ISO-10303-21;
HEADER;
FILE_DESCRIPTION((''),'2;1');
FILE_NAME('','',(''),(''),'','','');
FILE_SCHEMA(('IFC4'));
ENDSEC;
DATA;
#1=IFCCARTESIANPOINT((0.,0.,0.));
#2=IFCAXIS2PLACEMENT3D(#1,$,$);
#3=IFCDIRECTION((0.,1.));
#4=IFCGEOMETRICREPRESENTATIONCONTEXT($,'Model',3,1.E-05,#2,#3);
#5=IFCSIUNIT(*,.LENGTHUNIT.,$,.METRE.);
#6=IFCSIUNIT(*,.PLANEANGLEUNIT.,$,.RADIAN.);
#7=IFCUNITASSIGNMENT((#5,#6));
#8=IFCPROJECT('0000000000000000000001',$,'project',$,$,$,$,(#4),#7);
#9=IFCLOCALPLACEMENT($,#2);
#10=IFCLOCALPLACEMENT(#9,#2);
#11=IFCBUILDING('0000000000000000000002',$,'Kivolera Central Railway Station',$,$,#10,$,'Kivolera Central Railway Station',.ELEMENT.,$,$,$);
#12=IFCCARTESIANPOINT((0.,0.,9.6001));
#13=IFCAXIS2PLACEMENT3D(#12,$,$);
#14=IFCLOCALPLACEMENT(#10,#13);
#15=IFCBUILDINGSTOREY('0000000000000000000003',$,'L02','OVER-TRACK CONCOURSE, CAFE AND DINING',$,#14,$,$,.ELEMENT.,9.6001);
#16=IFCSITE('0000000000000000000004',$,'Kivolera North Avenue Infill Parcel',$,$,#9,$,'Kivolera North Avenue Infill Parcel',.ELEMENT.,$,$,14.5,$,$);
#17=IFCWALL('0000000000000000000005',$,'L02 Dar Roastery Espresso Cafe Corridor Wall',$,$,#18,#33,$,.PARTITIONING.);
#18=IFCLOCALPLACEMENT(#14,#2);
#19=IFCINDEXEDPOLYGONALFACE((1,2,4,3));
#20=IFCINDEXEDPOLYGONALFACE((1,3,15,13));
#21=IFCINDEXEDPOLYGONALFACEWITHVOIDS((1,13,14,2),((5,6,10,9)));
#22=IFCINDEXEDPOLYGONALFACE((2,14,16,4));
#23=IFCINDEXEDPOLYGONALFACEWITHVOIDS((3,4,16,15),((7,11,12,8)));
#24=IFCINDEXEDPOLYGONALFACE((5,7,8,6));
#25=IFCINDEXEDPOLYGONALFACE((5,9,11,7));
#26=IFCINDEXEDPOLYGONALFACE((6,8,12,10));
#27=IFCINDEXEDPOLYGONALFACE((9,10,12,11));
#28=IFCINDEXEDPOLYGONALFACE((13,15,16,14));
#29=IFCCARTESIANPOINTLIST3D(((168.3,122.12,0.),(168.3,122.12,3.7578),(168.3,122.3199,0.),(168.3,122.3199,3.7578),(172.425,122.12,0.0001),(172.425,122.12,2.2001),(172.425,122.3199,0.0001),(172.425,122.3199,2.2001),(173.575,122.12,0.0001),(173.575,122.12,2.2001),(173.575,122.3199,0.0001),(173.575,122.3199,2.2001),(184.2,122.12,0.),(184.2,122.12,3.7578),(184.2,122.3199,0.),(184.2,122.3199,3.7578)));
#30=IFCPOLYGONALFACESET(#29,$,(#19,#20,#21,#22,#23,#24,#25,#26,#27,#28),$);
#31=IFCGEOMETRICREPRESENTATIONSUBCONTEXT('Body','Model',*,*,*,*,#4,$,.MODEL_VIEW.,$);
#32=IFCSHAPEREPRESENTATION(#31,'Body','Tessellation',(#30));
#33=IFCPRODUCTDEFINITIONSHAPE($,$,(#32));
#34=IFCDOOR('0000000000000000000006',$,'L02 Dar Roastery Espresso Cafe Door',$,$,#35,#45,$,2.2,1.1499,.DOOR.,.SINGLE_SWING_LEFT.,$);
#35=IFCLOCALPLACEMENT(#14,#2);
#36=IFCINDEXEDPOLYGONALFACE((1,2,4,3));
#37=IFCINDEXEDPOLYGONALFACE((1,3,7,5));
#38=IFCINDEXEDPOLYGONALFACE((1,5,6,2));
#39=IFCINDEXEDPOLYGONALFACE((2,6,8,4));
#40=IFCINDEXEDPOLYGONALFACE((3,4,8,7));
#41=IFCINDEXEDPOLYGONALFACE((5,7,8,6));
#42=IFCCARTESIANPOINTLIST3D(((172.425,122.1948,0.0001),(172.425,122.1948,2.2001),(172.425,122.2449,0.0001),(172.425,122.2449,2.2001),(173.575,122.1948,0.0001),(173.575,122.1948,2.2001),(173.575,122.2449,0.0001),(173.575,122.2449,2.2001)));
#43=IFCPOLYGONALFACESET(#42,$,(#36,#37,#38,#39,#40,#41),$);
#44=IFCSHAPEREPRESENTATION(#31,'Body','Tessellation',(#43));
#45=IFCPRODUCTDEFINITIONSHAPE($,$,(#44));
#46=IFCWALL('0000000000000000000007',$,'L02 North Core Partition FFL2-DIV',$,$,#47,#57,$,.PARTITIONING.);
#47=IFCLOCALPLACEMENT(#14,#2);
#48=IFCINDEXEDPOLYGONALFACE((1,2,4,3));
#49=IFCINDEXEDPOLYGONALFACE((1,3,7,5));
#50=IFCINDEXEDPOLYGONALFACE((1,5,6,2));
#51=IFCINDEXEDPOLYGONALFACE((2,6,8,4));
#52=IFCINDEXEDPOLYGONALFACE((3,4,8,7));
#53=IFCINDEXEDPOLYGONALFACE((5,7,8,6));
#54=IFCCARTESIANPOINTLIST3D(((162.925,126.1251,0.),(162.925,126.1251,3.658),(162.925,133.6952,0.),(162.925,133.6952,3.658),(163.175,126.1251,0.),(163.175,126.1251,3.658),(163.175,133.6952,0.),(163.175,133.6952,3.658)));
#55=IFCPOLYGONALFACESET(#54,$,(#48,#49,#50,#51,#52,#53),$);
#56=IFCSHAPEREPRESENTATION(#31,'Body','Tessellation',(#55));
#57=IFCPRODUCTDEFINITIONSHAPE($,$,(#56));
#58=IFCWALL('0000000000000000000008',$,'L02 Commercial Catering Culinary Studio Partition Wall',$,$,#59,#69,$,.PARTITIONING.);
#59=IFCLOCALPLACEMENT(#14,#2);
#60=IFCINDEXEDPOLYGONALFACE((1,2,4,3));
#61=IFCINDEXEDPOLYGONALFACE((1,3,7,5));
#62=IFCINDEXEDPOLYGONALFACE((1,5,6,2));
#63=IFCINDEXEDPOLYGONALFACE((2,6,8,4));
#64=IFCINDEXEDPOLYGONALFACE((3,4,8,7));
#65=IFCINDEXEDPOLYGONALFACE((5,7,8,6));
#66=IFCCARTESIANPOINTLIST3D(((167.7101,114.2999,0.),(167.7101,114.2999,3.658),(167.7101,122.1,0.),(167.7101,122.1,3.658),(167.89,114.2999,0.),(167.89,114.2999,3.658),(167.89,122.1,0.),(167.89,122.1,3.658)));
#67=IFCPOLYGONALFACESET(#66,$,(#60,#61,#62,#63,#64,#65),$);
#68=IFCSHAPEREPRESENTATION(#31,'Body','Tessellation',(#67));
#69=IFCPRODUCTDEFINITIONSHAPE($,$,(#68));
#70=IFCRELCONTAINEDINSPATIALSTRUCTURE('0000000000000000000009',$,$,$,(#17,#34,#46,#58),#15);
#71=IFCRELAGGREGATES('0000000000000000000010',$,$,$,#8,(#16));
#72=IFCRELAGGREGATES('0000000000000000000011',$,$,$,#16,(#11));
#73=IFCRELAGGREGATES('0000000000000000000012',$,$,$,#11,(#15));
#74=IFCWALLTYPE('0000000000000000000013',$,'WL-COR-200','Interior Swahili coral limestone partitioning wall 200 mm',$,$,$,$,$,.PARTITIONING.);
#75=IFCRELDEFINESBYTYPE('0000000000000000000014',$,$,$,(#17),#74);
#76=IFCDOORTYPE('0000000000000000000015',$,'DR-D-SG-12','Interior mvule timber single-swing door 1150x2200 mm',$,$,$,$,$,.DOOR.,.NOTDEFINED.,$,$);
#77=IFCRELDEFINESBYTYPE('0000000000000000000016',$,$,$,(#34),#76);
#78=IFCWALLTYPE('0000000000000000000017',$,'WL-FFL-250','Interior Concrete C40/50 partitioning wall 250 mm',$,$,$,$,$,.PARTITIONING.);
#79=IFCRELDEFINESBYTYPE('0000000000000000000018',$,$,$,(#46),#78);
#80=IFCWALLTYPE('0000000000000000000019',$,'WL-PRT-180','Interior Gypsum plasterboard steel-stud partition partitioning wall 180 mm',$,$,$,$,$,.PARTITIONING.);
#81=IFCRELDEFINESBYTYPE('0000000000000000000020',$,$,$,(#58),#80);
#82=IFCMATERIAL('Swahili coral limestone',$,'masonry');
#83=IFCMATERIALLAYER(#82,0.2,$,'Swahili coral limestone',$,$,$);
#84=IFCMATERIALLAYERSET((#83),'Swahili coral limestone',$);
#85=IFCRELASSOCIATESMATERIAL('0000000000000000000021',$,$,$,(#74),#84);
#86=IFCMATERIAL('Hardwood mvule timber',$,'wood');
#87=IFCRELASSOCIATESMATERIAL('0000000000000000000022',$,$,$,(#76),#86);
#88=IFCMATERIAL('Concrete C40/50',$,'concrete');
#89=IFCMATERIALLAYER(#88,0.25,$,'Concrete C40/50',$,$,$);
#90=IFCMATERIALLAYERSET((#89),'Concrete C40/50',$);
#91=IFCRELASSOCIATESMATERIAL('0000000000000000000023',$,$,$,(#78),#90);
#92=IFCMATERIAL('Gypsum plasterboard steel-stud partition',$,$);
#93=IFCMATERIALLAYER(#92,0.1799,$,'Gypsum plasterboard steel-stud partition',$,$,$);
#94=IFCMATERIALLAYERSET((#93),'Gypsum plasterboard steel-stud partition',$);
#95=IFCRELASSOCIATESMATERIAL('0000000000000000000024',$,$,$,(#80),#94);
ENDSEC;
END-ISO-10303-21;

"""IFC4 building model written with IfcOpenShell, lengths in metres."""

from ifc_helpers import new_model, si_unit, direction, frame, frame_2d, origin, place, context, subcontext, project, spatial, rectangle, extrude, material, layer, layer_set, type_object, element, fill, save


model = new_model("IFC4")

# Units and contexts
model_context = context("Model", 3, precision=1e-05, world=origin(), true_north=direction((0.0, 1.0)))
body_context = subcontext(model_context, "Body", "Model", "MODEL_VIEW")
ifc_project = project(units=[si_unit("LENGTHUNIT", "METRE"), si_unit("PLANEANGLEUNIT", "RADIAN")], contexts=[model_context])

# Site, building, storey
site_placement = place(None, origin())
site = spatial("IfcSite", under=ifc_project, at=site_placement, Name="Kivolera North Avenue Infill Parcel", LongName="Kivolera North Avenue Infill Parcel", CompositionType="ELEMENT", RefElevation=14.5)
building_placement = place(site_placement, origin())
building = spatial("IfcBuilding", under=site, at=building_placement, Name="Kivolera Central Railway Station", LongName="Kivolera Central Railway Station", CompositionType="ELEMENT")
storey_placement = place(building_placement, frame((0.0, 0.0, 9.6001)))
storey = spatial("IfcBuildingStorey", under=building, at=storey_placement, Name="L02", Description="OVER-TRACK CONCOURSE, CAFE AND DINING", CompositionType="ELEMENT", Elevation=9.6001)

# Shared definitions
ifc_material_1 = material(Name="Concrete C40/50", Category="concrete")

# Wall, opening, door
ifc_material_2 = material(Name="Swahili coral limestone", Category="masonry")
ifc_layer_1 = layer(ifc_material_2, 0.2, Name="Swahili coral limestone")
ifc_layer_set_1 = layer_set([ifc_layer_1], Name="Swahili coral limestone")
wall_type_1 = type_object("IfcWallType", Name="WL-COR-200", Description="Interior Swahili coral limestone partitioning wall 200 mm", PredefinedType="PARTITIONING", material=ifc_layer_set_1)
ifc_material_3 = material(Name="Hardwood mvule timber", Category="wood")
wall_1_placement = place(storey_placement, frame((168.3, 122.22, 0.0), z_axis=(0.0, 0.0, 1.0), x_axis=(1.0, 0.0, 0.0)))
wall_1 = element("IfcWall", 1, at=wall_1_placement, inside=storey, type_object=wall_type_1, Name="L02 Dar Roastery Espresso Cafe Corridor Wall", PredefinedType="PARTITIONING", context=body_context, shape_type="SweptSolid", body=[
    extrude(rectangle(XDim=15.8999, YDim=0.2, at=frame_2d((7.95, 0.0))), origin(), (0.0, 0.0, 1.0), 3.7578),
])
opening_1_placement = place(wall_1_placement, frame((4.125, 0.0, 0.0)))
opening_1 = element("IfcOpeningElement", 2, at=opening_1_placement, cuts=wall_1, PredefinedType="OPENING", context=body_context, shape_type="SweptSolid", body=[
    extrude(rectangle(XDim=1.1499, YDim=2.2, at=frame_2d((0.575, 1.1001))), frame((0.0, 0.1099, 0.0), z_axis=(0.0, -1.0, 0.0), x_axis=(1.0, 0.0, 0.0)), (0.0, 0.0, 1.0), 0.22),
])
door_type_1 = type_object("IfcDoorType", Name="DR-D-SG-12", Description="Interior mvule timber single-swing door 1150x2200 mm", OperationType="NOTDEFINED", PredefinedType="DOOR", material=ifc_material_3)
door_1_placement = place(opening_1_placement, origin())
door_1 = element("IfcDoor", 3, at=door_1_placement, inside=storey, type_object=door_type_1, Name="L02 Dar Roastery Espresso Cafe Door", OperationType="SINGLE_SWING_LEFT", OverallHeight=2.2, OverallWidth=1.1499, PredefinedType="DOOR", context=body_context, shape_type="SweptSolid", body=[
    extrude(rectangle(XDim=1.1499, YDim=2.2, at=frame_2d((0.575, 1.1001))), frame((0.0, 0.0249, 0.0), z_axis=(0.0, -1.0, 0.0), x_axis=(1.0, 0.0, 0.0)), (0.0, 0.0, 1.0), 0.05),
])
fill(opening_1, door_1)

# Shared definitions
ifc_layer_2 = layer(ifc_material_1, 0.25, Name="Concrete C40/50")
ifc_layer_set_2 = layer_set([ifc_layer_2], Name="Concrete C40/50")
wall_type_2 = type_object("IfcWallType", Name="WL-FFL-250", Description="Interior Concrete C40/50 partitioning wall 250 mm", PredefinedType="PARTITIONING", material=ifc_layer_set_2)

# Walls
wall_2_placement = place(storey_placement, frame((163.05, 126.125, 0.0), z_axis=(0.0, 0.0, 1.0), x_axis=(0.0, 1.0, 0.0)))
element("IfcWall", 4, at=wall_2_placement, inside=storey, type_object=wall_type_2, Name="L02 North Core Partition FFL2-DIV", PredefinedType="PARTITIONING", context=body_context, shape_type="SweptSolid", body=[
    extrude(rectangle(XDim=7.5701, YDim=0.25, at=frame_2d((3.7852, 0.0))), origin(), (0.0, 0.0, 1.0), 3.658),
])
ifc_material_4 = material(Name="Gypsum plasterboard steel-stud partition")
ifc_layer_3 = layer(ifc_material_4, 0.1799, Name="Gypsum plasterboard steel-stud partition")
ifc_layer_set_3 = layer_set([ifc_layer_3], Name="Gypsum plasterboard steel-stud partition")
wall_type_3 = type_object("IfcWallType", Name="WL-PRT-180", Description="Interior Gypsum plasterboard steel-stud partition partitioning wall 180 mm", PredefinedType="PARTITIONING", material=ifc_layer_set_3)
wall_3_placement = place(storey_placement, frame((167.8, 114.3, 0.0), z_axis=(0.0, 0.0, 1.0), x_axis=(0.0, 1.0, 0.0)))
element("IfcWall", 5, at=wall_3_placement, inside=storey, type_object=wall_type_3, Name="L02 Commercial Catering Culinary Studio Partition Wall", PredefinedType="PARTITIONING", context=body_context, shape_type="SweptSolid", body=[
    extrude(rectangle(XDim=7.8, YDim=0.1799, at=frame_2d((3.8999, 0.0))), origin(), (0.0, 0.0, 1.0), 3.658),
])

save(model, "model.ifc")
